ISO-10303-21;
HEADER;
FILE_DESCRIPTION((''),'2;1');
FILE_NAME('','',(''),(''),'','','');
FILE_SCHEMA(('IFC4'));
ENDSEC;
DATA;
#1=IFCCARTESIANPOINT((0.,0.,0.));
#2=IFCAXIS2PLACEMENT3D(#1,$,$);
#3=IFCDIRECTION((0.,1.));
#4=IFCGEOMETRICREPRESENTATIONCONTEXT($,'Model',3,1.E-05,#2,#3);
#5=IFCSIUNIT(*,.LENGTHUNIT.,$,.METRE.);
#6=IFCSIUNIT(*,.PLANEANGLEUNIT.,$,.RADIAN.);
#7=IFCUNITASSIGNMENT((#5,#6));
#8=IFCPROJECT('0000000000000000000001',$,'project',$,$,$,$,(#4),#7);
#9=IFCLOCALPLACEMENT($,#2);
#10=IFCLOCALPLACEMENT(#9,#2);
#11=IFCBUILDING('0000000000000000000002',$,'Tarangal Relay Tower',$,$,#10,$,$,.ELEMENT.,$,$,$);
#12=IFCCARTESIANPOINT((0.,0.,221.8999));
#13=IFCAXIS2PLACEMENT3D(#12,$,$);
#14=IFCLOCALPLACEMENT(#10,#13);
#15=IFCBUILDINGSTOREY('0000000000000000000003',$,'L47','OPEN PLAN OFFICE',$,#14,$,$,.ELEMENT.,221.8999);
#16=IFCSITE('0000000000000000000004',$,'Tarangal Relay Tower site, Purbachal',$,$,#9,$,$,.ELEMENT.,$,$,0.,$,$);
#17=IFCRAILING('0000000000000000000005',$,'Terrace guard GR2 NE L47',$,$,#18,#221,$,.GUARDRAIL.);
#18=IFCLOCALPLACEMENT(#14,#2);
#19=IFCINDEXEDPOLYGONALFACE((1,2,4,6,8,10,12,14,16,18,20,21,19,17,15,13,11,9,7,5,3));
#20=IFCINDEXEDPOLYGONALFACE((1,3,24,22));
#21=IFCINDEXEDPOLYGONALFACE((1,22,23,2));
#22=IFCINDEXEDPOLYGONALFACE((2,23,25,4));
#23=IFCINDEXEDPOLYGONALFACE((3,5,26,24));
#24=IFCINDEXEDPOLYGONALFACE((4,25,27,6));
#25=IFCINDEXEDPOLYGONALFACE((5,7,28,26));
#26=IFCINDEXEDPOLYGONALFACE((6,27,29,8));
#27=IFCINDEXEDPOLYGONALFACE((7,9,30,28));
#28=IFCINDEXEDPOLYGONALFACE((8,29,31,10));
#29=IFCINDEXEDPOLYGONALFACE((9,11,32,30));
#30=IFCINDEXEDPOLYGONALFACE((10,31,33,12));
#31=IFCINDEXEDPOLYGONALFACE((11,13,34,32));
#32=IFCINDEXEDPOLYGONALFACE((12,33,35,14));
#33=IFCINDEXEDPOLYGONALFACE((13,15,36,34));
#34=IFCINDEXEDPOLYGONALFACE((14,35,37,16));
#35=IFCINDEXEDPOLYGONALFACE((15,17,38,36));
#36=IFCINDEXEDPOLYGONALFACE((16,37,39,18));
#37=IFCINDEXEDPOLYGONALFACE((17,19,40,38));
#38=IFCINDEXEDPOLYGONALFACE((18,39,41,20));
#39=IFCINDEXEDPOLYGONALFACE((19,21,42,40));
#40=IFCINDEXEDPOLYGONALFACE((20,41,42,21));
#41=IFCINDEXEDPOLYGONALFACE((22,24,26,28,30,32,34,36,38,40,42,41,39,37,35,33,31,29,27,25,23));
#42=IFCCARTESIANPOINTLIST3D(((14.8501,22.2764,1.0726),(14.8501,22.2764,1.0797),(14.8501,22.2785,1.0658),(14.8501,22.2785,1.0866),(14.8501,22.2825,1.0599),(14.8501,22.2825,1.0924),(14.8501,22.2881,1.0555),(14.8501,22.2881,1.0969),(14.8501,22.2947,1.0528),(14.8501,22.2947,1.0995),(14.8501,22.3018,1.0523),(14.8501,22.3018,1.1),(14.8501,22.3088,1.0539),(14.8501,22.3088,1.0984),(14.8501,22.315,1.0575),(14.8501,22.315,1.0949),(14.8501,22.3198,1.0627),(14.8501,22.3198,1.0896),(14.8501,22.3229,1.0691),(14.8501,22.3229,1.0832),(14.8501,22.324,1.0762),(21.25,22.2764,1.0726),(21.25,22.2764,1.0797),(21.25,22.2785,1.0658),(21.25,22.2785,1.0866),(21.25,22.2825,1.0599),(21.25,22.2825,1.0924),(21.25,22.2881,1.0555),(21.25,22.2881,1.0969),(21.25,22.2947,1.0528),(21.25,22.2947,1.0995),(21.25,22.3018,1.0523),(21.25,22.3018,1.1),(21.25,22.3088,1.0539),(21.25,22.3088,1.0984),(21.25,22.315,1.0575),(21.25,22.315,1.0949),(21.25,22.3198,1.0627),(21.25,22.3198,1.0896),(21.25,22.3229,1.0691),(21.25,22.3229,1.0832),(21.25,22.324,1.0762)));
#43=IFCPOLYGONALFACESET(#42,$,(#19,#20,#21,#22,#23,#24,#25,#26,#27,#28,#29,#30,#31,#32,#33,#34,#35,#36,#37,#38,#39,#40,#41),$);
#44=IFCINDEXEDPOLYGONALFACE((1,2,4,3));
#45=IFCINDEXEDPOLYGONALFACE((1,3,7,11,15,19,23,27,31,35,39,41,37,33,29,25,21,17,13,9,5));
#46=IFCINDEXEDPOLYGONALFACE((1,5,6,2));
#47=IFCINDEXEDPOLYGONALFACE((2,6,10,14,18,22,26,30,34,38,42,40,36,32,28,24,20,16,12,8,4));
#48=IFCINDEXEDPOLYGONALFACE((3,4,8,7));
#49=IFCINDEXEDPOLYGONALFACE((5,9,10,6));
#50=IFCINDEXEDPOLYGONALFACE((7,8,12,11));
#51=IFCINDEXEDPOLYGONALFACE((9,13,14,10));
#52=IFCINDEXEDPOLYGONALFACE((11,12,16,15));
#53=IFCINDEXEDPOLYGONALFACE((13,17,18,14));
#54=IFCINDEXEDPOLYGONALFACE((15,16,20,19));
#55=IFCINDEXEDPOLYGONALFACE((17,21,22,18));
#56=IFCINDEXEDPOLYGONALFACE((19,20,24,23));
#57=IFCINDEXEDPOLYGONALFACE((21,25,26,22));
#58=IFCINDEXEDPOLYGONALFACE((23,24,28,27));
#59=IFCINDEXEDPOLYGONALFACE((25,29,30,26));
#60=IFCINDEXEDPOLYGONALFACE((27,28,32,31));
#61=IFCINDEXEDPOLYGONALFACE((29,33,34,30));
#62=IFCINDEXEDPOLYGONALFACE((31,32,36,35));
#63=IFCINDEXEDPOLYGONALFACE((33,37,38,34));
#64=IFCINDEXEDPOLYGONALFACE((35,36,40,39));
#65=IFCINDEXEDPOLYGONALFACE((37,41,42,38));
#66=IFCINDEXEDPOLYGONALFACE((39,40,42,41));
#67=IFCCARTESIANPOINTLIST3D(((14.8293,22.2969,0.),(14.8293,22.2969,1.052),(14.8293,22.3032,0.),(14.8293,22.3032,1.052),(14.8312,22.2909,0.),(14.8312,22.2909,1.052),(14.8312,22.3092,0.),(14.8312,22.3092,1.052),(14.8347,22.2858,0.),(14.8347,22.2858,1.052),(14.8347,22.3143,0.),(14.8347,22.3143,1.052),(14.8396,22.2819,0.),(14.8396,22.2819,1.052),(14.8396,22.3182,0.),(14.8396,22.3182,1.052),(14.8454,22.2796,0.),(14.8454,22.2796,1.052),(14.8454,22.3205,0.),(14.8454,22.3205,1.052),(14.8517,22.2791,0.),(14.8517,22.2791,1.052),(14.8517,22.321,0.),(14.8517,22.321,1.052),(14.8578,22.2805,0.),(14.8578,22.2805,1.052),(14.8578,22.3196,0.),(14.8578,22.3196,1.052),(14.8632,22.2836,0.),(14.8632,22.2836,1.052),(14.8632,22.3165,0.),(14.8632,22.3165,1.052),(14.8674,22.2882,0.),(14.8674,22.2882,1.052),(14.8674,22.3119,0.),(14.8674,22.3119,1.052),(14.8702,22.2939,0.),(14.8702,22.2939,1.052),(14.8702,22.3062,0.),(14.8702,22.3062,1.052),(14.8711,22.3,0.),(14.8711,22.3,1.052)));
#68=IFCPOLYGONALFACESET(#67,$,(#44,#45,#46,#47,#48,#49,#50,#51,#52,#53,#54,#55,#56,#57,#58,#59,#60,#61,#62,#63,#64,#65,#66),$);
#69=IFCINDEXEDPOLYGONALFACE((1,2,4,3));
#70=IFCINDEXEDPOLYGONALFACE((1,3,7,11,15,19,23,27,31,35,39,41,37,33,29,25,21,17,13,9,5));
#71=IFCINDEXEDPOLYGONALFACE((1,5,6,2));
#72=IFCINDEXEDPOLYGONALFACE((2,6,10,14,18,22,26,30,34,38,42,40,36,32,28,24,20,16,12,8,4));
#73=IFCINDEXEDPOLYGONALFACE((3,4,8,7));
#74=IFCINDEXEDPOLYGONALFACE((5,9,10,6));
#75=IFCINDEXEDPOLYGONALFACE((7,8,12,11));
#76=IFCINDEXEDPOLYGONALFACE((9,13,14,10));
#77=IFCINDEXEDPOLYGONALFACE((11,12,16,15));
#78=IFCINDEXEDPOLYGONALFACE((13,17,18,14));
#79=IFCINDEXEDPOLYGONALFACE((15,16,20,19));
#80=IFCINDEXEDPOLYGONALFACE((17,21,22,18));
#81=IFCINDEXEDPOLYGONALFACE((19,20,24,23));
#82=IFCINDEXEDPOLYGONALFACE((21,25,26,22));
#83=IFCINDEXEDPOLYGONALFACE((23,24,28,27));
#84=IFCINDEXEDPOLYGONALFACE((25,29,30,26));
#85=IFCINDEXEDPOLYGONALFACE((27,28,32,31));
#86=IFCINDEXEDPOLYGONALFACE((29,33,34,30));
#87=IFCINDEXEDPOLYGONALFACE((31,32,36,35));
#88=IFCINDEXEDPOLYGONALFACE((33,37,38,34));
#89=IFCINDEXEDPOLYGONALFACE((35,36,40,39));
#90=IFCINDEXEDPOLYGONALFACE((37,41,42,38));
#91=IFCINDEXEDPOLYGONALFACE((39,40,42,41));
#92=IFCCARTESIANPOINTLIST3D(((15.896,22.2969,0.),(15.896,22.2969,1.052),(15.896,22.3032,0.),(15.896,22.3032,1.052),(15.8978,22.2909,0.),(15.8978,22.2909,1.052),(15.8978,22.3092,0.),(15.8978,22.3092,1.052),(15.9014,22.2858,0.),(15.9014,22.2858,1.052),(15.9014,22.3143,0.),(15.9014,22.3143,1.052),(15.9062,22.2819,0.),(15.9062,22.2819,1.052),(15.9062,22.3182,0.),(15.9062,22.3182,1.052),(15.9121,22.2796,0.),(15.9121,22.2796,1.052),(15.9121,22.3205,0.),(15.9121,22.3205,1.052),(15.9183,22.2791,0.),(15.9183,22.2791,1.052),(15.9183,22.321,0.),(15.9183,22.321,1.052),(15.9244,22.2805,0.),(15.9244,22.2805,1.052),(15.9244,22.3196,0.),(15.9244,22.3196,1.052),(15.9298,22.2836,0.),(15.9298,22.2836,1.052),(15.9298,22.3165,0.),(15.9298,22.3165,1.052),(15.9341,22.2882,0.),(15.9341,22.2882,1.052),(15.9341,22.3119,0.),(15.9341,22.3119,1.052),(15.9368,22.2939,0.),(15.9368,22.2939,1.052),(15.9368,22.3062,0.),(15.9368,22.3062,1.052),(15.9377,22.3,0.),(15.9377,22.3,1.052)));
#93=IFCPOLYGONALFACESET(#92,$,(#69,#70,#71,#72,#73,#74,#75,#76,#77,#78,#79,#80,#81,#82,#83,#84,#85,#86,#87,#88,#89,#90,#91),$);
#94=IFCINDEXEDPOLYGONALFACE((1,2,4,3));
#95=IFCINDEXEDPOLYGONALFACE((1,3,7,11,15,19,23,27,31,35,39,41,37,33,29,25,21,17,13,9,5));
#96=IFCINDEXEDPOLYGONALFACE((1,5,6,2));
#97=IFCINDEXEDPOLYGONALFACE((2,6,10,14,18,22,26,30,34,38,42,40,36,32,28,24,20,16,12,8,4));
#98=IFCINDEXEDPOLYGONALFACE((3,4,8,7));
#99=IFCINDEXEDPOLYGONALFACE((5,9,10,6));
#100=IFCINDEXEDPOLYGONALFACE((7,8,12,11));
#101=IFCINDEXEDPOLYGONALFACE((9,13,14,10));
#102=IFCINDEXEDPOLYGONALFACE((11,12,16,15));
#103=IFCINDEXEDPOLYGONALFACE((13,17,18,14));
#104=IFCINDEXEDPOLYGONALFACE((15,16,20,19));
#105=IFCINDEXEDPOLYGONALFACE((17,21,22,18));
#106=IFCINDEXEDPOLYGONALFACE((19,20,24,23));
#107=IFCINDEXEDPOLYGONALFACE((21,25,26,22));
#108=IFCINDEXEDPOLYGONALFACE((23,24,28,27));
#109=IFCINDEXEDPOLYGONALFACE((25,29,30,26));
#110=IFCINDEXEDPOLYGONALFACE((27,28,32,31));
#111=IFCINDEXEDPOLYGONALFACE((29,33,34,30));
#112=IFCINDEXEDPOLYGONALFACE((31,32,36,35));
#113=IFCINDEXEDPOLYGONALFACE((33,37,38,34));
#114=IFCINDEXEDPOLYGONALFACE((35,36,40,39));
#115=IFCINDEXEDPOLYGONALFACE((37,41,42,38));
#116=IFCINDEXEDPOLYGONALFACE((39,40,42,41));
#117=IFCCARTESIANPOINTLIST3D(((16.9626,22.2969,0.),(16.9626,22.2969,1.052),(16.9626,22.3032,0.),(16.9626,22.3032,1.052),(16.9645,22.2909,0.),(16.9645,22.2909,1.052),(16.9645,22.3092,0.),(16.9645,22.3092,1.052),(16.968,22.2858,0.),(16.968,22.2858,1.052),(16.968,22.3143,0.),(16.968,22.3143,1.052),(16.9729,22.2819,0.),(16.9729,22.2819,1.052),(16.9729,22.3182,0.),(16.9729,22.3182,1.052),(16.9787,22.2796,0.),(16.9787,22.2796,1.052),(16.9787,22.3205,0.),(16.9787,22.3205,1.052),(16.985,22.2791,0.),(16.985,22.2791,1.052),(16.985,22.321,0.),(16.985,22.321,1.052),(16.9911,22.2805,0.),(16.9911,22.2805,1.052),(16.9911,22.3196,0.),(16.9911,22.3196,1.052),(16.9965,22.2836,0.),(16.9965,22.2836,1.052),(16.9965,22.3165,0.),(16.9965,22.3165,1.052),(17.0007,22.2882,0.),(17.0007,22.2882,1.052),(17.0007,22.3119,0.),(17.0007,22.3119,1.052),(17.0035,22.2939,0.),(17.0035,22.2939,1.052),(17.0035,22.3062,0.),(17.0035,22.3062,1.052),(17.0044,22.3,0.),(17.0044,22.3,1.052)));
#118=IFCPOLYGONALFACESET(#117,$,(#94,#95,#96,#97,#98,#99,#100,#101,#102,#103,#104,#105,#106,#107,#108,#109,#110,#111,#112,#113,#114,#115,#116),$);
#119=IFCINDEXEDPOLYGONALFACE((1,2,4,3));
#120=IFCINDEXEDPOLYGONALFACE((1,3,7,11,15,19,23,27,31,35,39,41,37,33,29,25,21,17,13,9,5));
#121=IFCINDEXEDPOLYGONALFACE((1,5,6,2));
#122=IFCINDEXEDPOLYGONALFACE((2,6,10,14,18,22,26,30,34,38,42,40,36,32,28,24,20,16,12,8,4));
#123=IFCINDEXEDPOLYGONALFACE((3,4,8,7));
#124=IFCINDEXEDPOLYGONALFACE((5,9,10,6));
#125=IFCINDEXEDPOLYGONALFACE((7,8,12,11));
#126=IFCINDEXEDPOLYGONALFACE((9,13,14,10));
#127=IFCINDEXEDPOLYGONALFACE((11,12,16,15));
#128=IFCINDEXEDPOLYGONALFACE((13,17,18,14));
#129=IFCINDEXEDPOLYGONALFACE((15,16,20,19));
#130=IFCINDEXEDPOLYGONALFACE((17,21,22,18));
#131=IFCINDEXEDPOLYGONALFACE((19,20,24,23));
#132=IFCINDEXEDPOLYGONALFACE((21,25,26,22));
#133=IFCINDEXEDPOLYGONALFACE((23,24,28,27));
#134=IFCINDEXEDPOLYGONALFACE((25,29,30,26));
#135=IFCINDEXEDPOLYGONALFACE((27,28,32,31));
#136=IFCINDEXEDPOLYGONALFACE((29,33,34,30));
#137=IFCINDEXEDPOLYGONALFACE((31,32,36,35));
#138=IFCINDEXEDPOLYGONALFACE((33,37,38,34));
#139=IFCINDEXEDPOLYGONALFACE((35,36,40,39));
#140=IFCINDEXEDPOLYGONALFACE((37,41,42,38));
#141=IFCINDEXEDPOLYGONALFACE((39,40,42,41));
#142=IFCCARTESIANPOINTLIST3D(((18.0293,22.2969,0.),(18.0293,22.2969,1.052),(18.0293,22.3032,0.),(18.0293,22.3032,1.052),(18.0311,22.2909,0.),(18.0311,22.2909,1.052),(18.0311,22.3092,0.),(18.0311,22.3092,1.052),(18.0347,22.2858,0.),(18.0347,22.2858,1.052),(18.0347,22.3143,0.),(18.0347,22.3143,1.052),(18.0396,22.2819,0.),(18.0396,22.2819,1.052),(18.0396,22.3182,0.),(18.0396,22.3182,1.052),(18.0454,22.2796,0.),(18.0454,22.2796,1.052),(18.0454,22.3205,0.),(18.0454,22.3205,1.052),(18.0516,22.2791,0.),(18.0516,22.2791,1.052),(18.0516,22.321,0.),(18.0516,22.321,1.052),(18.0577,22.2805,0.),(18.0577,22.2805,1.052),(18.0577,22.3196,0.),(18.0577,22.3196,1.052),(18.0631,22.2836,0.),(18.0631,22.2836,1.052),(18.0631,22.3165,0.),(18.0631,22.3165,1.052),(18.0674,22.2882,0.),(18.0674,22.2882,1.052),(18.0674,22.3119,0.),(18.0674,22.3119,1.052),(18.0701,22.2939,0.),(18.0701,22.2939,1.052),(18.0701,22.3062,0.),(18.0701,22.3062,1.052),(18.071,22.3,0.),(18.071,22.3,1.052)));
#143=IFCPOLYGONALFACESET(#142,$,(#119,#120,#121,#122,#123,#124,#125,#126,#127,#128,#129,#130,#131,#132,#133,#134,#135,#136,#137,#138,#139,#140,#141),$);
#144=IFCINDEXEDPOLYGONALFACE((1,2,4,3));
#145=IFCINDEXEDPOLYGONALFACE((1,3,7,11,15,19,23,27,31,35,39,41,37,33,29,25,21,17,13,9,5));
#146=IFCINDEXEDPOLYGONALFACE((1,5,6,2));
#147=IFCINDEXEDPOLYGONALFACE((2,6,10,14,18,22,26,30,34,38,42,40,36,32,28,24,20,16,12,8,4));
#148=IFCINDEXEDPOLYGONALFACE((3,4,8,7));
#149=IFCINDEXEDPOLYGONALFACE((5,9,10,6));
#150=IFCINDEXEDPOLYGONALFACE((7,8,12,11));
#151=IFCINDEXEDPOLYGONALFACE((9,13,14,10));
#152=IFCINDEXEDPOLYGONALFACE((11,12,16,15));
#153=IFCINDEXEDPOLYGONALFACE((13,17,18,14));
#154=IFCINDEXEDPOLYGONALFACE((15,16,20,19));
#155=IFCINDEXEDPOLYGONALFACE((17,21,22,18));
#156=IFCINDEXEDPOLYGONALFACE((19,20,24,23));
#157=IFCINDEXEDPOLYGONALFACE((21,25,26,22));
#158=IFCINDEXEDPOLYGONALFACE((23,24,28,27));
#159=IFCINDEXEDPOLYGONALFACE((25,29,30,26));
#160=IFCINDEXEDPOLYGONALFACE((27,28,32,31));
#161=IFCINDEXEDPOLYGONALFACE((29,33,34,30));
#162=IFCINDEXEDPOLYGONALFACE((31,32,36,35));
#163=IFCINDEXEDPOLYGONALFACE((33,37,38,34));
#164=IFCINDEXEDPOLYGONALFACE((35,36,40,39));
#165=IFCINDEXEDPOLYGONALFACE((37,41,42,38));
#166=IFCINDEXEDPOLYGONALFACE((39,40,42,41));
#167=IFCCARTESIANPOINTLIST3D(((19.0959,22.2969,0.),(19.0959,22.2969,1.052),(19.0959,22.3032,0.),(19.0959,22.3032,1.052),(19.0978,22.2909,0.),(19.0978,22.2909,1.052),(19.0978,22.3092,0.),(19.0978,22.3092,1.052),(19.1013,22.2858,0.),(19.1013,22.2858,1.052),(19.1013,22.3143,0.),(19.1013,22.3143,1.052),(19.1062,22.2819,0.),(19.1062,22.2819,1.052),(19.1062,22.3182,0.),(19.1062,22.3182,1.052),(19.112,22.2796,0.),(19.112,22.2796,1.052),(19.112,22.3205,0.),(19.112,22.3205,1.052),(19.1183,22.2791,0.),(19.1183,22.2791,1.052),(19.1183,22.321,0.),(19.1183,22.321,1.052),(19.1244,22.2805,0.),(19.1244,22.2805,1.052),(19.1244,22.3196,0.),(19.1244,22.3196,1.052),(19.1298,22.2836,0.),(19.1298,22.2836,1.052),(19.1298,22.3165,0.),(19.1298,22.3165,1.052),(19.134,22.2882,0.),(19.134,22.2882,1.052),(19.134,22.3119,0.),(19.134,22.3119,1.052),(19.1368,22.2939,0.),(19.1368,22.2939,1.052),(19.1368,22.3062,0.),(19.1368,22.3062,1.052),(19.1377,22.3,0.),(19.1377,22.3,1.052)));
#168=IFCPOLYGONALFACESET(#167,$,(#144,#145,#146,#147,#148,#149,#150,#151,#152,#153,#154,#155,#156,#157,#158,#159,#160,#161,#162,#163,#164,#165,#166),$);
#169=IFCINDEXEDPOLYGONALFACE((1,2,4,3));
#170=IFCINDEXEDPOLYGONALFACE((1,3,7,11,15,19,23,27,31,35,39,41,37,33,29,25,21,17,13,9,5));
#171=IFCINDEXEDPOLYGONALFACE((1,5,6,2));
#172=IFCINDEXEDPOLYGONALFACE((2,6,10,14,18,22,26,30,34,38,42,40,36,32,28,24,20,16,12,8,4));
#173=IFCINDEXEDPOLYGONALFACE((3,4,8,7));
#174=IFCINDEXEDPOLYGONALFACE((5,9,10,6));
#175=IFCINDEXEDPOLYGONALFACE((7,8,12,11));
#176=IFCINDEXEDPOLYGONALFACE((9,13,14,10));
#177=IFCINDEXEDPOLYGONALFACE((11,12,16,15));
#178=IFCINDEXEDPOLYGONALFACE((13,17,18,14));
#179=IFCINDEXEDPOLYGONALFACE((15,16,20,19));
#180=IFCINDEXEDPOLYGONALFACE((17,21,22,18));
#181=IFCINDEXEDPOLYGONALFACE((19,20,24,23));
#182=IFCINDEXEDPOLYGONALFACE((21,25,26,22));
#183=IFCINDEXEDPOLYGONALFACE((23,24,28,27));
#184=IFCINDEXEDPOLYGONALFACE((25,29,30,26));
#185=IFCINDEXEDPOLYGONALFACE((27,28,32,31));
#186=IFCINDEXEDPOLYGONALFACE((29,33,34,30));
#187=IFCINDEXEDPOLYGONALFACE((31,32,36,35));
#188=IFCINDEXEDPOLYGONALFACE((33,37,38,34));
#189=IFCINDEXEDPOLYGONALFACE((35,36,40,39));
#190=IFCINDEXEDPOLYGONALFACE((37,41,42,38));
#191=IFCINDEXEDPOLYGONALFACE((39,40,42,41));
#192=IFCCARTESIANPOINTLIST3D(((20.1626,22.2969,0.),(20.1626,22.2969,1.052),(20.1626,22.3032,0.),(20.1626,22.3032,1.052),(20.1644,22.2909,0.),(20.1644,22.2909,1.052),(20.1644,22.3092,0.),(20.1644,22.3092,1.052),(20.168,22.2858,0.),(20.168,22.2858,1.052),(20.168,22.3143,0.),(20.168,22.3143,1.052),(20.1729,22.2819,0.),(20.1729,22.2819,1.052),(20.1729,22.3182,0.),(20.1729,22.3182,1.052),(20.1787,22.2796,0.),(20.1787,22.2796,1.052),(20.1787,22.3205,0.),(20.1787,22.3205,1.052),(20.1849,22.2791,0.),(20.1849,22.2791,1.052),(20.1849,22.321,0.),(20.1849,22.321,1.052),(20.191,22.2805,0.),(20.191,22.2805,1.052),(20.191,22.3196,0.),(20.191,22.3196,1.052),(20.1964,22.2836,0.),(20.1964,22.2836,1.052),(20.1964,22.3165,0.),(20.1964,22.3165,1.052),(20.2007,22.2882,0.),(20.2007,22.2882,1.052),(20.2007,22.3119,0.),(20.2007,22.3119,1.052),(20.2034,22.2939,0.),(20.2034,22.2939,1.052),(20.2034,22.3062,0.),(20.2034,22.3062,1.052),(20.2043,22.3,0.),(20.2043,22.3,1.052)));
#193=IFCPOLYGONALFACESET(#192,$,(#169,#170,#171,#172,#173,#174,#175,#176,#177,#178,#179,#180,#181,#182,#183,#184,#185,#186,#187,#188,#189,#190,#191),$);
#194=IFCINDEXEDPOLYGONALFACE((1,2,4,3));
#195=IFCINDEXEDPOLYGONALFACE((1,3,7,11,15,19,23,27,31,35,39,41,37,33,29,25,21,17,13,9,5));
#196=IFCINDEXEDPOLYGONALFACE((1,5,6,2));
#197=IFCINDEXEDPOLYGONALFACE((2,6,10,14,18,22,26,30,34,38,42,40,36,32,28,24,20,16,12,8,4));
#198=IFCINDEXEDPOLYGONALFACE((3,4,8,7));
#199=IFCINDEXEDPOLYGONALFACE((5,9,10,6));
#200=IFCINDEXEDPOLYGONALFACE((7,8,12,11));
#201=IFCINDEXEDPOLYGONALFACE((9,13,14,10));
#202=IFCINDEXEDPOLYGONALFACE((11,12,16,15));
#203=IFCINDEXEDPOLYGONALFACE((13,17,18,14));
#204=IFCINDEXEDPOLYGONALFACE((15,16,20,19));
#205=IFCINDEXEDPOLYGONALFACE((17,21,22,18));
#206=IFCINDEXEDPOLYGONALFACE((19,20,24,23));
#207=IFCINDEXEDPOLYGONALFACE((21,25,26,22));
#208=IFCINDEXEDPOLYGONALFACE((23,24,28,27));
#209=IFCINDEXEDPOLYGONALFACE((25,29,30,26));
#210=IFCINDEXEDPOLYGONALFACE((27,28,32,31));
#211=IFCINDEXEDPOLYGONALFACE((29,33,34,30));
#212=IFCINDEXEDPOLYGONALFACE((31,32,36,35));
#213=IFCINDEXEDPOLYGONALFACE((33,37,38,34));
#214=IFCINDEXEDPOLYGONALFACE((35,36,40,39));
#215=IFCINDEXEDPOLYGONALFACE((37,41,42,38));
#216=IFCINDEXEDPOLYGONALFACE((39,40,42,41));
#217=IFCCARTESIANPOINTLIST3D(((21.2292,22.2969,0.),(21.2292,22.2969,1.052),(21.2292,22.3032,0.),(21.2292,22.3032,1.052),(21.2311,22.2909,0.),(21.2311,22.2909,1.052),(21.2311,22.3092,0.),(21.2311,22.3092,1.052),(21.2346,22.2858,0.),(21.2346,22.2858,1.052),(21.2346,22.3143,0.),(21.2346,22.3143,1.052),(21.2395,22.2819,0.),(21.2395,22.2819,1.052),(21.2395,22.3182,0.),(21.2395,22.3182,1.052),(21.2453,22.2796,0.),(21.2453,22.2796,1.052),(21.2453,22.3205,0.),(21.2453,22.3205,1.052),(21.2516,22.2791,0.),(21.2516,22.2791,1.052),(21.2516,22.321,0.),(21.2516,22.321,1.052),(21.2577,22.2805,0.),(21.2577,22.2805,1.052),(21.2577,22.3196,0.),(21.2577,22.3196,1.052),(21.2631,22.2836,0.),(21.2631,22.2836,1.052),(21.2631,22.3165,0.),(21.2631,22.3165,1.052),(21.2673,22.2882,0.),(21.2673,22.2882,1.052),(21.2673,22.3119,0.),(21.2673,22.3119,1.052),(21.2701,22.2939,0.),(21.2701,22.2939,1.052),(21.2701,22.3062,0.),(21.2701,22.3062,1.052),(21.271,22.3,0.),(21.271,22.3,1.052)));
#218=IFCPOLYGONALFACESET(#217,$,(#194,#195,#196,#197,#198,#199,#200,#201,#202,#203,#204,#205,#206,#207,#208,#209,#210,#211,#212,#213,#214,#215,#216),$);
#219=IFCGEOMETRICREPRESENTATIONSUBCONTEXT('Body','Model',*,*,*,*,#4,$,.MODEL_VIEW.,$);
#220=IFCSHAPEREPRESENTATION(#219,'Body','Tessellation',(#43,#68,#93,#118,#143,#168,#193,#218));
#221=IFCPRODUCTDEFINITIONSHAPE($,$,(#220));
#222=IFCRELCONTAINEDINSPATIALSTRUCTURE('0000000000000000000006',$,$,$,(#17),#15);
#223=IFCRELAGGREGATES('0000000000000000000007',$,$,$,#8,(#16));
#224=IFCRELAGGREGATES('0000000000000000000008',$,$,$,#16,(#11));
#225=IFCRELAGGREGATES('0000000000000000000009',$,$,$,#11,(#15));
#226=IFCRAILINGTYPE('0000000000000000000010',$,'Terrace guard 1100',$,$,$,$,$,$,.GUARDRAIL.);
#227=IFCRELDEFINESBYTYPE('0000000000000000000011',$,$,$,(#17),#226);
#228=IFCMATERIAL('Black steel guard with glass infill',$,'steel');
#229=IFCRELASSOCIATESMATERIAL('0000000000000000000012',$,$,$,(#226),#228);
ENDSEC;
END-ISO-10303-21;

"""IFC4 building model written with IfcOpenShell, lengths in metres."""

from ifc_helpers import new_model, si_unit, direction, frame, origin, origin_2d, place, context, subcontext, project, spatial, circle, extrude, material, type_object, element, save


model = new_model("IFC4")

# Units and contexts
model_context = context("Model", 3, precision=1e-05, world=origin(), true_north=direction((0.0, 1.0)))
body_context = subcontext(model_context, "Body", "Model", "MODEL_VIEW")
ifc_project = project(units=[si_unit("LENGTHUNIT", "METRE"), si_unit("PLANEANGLEUNIT", "RADIAN")], contexts=[model_context])

# Site, building, storey
site_placement = place(None, origin())
site = spatial("IfcSite", under=ifc_project, at=site_placement, Name="Tarangal Relay Tower site, Purbachal", CompositionType="ELEMENT", RefElevation=0.0)
building_placement = place(site_placement, origin())
building = spatial("IfcBuilding", under=site, at=building_placement, Name="Tarangal Relay Tower", CompositionType="ELEMENT")
storey_placement = place(building_placement, frame((0.0, 0.0, 221.8999)))
storey = spatial("IfcBuildingStorey", under=building, at=storey_placement, Name="L47", Description="OPEN PLAN OFFICE", CompositionType="ELEMENT", Elevation=221.8999)

# Railing
ifc_material_1 = material(Name="Black steel guard with glass infill", Category="steel")
railing_type = type_object("IfcRailingType", Name="Terrace guard 1100", PredefinedType="GUARDRAIL", material=ifc_material_1)
railing_1_placement = place(storey_placement, frame((14.8501, 22.3, 0.0)))
element("IfcRailing", 1, at=railing_1_placement, inside=storey, type_object=railing_type, Name="Terrace guard GR2 NE L47", PredefinedType="GUARDRAIL", context=body_context, shape_type="SweptSolid", body=[
    extrude(circle(Radius=0.0239, at=origin_2d()), frame((0.0, 0.0, 1.0762), z_axis=(1.0, 0.0, 0.0), x_axis=(0.0, 1.0, 0.0)), (0.0, 0.0, 1.0), 6.3999),
    extrude(circle(Radius=0.021, at=origin_2d()), origin(), (0.0, 0.0, 1.0), 1.052),
    extrude(circle(Radius=0.021, at=origin_2d()), frame((1.0667, 0.0, 0.0)), (0.0, 0.0, 1.0), 1.052),
    extrude(circle(Radius=0.021, at=origin_2d()), frame((2.1333, 0.0, 0.0)), (0.0, 0.0, 1.0), 1.052),
    extrude(circle(Radius=0.021, at=origin_2d()), frame((3.2, 0.0, 0.0)), (0.0, 0.0, 1.0), 1.052),
    extrude(circle(Radius=0.021, at=origin_2d()), frame((4.2666, 0.0, 0.0)), (0.0, 0.0, 1.0), 1.052),
    extrude(circle(Radius=0.021, at=origin_2d()), frame((5.3333, 0.0, 0.0)), (0.0, 0.0, 1.0), 1.052),
    extrude(circle(Radius=0.021, at=origin_2d()), frame((6.3999, 0.0, 0.0)), (0.0, 0.0, 1.0), 1.052),
])

save(model, "model.ifc")
